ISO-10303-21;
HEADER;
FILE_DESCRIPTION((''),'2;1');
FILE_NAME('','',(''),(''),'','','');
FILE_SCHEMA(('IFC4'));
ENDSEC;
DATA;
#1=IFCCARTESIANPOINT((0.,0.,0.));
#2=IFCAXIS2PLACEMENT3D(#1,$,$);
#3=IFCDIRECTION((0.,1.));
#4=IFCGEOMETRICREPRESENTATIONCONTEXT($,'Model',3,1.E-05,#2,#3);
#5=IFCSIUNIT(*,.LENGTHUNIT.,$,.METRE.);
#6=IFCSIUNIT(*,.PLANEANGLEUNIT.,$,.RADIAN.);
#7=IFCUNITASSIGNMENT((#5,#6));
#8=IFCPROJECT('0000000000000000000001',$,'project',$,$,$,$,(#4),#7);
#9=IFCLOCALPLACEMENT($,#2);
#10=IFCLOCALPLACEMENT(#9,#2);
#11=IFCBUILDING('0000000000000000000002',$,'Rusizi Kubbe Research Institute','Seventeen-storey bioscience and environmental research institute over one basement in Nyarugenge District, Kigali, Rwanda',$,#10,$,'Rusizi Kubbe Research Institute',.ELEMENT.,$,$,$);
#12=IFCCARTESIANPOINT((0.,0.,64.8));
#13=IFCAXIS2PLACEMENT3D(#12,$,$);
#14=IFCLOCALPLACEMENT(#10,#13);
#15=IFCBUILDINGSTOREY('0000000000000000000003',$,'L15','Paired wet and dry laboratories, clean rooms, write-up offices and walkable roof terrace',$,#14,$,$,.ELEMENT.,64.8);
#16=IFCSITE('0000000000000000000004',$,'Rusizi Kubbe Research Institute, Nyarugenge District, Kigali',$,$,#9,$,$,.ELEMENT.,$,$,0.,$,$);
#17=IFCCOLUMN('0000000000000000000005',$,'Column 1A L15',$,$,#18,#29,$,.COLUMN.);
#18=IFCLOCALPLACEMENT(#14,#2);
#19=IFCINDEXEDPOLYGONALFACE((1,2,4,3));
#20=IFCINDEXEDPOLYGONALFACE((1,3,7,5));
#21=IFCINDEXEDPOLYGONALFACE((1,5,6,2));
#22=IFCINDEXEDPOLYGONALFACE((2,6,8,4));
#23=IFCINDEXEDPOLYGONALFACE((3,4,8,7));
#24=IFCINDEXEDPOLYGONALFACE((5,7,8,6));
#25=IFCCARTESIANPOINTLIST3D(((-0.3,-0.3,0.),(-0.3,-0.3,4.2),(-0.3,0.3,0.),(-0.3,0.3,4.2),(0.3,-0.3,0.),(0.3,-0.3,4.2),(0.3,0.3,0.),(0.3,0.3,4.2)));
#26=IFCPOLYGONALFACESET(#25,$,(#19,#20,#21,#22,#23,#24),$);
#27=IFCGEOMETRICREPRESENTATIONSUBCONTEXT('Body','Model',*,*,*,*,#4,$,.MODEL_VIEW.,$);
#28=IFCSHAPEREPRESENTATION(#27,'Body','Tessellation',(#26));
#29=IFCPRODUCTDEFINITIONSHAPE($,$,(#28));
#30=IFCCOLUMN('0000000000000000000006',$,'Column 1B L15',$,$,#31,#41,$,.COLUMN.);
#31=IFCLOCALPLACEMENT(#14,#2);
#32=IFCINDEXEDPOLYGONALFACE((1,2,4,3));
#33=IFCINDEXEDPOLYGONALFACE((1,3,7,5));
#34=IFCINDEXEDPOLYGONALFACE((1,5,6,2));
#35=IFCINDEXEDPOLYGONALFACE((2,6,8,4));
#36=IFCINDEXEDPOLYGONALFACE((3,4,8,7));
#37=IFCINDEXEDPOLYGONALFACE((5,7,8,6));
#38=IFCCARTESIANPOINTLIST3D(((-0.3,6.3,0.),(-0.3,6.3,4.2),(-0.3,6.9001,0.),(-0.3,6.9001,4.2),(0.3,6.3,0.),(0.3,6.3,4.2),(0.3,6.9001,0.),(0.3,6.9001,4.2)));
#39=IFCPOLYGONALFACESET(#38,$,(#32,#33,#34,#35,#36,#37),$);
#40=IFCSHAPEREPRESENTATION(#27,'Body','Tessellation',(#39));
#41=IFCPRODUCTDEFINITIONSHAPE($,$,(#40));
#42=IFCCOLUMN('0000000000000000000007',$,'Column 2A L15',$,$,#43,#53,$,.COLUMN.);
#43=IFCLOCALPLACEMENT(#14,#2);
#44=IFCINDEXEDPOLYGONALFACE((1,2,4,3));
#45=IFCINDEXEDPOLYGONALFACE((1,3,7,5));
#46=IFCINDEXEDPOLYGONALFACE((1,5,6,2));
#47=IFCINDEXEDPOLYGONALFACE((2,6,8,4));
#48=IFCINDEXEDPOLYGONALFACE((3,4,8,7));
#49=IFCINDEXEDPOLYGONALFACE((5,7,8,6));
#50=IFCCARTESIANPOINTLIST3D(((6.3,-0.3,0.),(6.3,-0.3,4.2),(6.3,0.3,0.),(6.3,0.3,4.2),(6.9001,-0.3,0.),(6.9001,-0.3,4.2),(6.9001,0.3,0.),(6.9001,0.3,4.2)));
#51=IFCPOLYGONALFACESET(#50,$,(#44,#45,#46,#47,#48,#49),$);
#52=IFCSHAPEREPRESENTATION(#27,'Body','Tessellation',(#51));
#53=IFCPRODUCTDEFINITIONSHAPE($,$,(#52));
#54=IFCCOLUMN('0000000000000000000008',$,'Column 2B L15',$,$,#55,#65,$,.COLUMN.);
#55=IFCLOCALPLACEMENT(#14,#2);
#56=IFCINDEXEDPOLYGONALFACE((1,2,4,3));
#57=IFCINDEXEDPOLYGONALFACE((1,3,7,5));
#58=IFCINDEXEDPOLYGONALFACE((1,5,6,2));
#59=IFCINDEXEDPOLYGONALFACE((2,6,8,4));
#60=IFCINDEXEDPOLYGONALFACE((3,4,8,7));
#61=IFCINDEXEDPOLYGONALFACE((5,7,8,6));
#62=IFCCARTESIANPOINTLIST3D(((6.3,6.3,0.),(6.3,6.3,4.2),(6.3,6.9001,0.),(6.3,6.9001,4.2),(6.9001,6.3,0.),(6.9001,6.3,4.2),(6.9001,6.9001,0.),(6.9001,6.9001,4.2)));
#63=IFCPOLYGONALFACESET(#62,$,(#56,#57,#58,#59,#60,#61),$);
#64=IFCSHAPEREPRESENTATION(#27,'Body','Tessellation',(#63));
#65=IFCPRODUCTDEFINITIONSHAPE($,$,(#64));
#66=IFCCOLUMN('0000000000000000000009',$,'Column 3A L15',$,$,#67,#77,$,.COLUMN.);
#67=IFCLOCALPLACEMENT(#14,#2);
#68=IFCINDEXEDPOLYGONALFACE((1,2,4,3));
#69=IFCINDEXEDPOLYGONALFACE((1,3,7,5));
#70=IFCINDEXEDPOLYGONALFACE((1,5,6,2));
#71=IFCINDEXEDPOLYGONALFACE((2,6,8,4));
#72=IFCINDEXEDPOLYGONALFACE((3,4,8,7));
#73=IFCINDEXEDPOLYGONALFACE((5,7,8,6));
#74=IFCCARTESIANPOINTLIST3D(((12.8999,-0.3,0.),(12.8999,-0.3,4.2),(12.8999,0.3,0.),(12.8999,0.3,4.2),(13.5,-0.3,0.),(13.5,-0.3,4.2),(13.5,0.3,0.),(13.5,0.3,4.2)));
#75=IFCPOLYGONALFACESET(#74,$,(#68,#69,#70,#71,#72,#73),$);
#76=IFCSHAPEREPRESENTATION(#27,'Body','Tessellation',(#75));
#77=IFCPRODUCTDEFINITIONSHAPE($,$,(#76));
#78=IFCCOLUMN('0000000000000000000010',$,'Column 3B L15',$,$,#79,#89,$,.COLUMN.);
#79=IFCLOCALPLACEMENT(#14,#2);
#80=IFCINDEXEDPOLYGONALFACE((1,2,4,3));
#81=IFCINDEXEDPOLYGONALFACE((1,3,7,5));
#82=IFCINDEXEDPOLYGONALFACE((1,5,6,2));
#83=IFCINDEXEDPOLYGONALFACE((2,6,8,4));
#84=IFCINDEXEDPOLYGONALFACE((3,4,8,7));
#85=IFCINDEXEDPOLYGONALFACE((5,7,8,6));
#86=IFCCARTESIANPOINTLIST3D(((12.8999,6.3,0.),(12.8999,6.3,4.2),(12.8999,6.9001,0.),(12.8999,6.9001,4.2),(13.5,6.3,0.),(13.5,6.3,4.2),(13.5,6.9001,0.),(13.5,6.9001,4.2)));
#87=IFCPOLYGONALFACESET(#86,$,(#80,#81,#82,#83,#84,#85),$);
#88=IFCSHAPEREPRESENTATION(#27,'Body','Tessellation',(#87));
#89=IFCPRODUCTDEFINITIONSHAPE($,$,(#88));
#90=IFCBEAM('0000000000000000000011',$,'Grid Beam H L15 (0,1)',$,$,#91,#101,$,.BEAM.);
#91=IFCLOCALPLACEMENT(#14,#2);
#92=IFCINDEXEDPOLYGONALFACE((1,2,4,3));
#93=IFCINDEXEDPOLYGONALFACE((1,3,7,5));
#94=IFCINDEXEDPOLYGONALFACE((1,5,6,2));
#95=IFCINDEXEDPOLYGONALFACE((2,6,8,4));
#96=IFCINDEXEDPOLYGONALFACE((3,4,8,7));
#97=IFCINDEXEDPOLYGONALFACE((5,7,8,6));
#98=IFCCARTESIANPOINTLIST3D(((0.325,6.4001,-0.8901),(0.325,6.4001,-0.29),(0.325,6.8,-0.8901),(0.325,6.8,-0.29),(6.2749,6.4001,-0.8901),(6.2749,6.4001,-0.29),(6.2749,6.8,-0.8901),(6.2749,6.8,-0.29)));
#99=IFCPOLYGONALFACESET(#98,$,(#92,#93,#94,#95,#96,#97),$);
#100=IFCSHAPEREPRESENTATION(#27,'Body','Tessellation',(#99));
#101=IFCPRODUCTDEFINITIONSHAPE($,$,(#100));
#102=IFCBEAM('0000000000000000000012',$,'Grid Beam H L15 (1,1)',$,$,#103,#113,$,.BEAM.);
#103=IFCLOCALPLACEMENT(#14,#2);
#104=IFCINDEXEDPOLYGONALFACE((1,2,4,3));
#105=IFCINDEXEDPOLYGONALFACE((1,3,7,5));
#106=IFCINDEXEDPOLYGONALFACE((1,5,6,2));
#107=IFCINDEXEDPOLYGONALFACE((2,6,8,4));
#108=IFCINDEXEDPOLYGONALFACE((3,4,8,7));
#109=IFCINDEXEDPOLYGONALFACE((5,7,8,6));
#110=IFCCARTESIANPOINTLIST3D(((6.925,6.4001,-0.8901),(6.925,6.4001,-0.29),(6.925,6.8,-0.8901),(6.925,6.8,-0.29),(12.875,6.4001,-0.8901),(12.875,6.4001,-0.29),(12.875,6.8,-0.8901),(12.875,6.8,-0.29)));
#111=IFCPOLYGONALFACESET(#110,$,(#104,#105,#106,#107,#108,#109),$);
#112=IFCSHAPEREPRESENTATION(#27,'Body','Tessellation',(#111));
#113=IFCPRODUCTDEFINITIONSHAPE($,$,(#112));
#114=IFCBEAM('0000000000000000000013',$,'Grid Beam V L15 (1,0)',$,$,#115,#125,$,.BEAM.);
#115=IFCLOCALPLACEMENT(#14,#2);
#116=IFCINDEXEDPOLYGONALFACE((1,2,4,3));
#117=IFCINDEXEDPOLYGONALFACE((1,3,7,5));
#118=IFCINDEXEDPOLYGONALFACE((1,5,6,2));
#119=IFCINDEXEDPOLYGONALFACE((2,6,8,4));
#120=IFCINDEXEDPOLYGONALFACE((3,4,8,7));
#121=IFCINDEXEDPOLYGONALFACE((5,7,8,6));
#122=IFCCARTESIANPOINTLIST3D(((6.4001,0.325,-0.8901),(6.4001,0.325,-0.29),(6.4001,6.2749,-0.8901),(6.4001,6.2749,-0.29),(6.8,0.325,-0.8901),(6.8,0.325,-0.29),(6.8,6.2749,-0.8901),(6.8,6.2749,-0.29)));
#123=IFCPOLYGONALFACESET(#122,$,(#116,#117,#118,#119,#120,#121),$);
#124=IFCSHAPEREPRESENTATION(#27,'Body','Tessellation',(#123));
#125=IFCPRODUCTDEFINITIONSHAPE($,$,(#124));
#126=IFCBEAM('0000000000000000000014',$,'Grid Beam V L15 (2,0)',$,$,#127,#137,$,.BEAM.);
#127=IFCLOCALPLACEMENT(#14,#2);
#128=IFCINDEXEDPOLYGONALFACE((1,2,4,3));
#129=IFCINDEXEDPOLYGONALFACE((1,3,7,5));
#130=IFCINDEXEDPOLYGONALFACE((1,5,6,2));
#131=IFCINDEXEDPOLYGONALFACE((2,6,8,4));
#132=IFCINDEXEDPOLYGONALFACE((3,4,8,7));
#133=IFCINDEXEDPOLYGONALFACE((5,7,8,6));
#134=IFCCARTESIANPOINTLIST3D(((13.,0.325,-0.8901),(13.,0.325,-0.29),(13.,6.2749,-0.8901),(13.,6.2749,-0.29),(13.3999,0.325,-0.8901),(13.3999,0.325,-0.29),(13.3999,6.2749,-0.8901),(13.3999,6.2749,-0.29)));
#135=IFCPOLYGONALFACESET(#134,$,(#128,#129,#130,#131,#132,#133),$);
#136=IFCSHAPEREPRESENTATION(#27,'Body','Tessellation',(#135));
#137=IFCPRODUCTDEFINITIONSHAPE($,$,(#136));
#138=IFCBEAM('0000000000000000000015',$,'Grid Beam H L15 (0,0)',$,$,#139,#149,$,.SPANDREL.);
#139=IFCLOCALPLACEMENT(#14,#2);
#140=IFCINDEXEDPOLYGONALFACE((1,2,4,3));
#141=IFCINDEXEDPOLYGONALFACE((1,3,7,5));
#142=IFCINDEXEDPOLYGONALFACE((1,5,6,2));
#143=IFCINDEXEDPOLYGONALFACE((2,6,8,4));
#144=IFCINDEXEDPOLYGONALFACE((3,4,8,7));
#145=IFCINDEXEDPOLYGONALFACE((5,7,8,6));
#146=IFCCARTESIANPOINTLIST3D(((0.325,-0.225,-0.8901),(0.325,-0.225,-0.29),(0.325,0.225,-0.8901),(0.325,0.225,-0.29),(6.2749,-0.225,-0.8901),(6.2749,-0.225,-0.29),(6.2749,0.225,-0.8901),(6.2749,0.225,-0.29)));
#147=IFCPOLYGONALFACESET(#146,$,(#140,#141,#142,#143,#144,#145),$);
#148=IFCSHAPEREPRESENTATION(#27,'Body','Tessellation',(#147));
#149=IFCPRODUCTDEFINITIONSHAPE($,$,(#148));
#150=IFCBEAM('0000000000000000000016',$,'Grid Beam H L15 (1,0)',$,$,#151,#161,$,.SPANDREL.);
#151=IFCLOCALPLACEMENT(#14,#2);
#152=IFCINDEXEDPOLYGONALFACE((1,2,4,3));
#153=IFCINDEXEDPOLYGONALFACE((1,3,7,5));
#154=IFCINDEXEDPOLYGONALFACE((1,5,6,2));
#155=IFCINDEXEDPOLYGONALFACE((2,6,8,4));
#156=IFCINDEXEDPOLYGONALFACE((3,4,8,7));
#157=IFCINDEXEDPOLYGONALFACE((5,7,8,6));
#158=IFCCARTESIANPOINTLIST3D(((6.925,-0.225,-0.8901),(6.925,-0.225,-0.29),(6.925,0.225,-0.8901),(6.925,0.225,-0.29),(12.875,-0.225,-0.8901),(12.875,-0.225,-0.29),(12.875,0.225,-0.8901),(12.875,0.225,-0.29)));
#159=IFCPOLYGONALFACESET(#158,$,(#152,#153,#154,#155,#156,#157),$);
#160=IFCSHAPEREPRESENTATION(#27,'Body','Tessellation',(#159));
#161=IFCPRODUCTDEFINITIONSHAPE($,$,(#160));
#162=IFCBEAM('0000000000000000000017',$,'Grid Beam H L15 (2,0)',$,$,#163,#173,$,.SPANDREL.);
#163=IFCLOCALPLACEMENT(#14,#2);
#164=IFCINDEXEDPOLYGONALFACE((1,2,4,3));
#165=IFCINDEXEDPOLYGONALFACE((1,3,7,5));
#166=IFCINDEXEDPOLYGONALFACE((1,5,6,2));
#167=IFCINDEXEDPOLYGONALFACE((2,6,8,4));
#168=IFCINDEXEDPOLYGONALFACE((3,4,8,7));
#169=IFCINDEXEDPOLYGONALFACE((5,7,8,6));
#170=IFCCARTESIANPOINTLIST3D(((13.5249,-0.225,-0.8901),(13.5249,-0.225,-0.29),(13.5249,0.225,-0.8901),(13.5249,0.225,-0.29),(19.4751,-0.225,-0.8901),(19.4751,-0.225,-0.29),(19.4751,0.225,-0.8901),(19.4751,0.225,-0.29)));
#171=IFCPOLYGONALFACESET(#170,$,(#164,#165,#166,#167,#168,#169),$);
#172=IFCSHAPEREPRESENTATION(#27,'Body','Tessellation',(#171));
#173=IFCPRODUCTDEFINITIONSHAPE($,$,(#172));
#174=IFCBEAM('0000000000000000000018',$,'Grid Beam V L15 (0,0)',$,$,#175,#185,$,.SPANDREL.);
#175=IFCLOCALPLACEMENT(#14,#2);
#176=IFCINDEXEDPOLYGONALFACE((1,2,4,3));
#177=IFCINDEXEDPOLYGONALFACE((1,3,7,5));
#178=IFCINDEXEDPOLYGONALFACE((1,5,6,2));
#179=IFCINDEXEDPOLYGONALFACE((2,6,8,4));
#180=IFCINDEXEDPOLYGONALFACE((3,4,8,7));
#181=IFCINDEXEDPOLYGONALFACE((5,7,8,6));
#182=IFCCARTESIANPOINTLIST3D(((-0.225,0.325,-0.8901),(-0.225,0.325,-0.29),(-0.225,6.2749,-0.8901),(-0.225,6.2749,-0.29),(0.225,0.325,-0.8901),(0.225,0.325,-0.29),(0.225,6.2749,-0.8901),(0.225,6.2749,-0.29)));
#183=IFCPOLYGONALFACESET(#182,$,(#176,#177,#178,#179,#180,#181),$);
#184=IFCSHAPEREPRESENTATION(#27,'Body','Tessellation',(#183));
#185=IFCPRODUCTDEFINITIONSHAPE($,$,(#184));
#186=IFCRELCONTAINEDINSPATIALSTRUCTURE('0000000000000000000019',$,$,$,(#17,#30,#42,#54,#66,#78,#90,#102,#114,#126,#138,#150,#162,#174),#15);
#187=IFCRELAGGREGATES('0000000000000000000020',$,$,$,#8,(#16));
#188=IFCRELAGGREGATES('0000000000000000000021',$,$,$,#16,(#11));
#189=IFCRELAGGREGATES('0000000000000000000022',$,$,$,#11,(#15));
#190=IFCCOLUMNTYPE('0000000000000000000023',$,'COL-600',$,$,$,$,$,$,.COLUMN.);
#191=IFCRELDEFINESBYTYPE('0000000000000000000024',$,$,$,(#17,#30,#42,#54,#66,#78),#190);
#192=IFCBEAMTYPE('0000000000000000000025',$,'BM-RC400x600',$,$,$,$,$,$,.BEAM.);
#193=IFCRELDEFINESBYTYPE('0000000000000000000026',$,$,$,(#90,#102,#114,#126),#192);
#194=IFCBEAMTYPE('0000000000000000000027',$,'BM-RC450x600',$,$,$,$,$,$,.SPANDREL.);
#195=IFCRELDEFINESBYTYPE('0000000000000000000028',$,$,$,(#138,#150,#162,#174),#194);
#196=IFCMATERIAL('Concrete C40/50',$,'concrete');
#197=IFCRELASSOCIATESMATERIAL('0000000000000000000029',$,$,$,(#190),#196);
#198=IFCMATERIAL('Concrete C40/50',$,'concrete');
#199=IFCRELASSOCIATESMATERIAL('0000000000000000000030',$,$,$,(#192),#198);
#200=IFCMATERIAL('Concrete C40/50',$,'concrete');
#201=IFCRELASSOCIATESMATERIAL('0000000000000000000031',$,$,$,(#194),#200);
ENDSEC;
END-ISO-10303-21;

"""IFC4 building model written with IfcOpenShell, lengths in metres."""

from ifc_helpers import new_model, si_unit, direction, frame, origin, origin_2d, place, context, subcontext, project, spatial, rectangle, extrude, material, material_profile, profile_set, type_object, element, save


model = new_model("IFC4")

# Units and contexts
model_context = context("Model", 3, precision=1e-05, world=origin(), true_north=direction((0.0, 1.0)))
body_context = subcontext(model_context, "Body", "Model", "MODEL_VIEW")
ifc_project = project(units=[si_unit("LENGTHUNIT", "METRE"), si_unit("PLANEANGLEUNIT", "RADIAN")], contexts=[model_context])

# Site, building, storey
site_placement = place(None, origin())
site = spatial("IfcSite", under=ifc_project, at=site_placement, Name="Rusizi Kubbe Research Institute, Nyarugenge District, Kigali", CompositionType="ELEMENT", RefElevation=0.0)
building_placement = place(site_placement, origin())
building = spatial("IfcBuilding", under=site, at=building_placement, Name="Rusizi Kubbe Research Institute", Description="Seventeen-storey bioscience and environmental research institute over one basement in Nyarugenge District, Kigali, Rwanda", LongName="Rusizi Kubbe Research Institute", CompositionType="ELEMENT")
storey_placement = place(building_placement, frame((0.0, 0.0, 64.8)))
storey = spatial("IfcBuildingStorey", under=building, at=storey_placement, Name="L15", Description="Paired wet and dry laboratories, clean rooms, write-up offices and walkable roof terrace", CompositionType="ELEMENT", Elevation=64.8)

# Columns
ifc_material_1 = material(Name="Concrete C40/50", Category="concrete")
ifc_material_profile_1 = material_profile(ifc_material_1, rectangle(XDim=0.6001, YDim=0.6001, at=origin_2d()), Name="RC600x600")
ifc_profile_set_1 = profile_set([ifc_material_profile_1], Name="Concrete C40/50")
column_type = type_object("IfcColumnType", Name="COL-600", PredefinedType="COLUMN", material=ifc_profile_set_1)
for number, where, z_axis, x_axis, name in (
    (1, (0.0, 0.0, 0.0), (0.0, 0.0, 1.0), (1.0, 0.0, 0.0), "Column 1A L15"),
    (2, (0.0, 6.6001, 0.0), (0.0, 0.0, 1.0), (1.0, 0.0, 0.0), "Column 1B L15"),
    (3, (6.6001, 0.0, 0.0), (0.0, 0.0, 1.0), (1.0, 0.0, 0.0), "Column 2A L15"),
    (4, (6.6001, 6.6001, 0.0), (0.0, 0.0, 1.0), (1.0, 0.0, 0.0), "Column 2B L15"),
    (5, (13.2, 0.0, 0.0), (0.0, 0.0, 1.0), (1.0, 0.0, 0.0), "Column 3A L15"),
    (6, (13.2, 6.6001, 0.0), (0.0, 0.0, 1.0), (1.0, 0.0, 0.0), "Column 3B L15"),
):
    element("IfcColumn", number, at=place(storey_placement, frame(where, z_axis=z_axis, x_axis=x_axis)), inside=storey, type_object=column_type, Name=name, PredefinedType="COLUMN", context=body_context, shape_type="SweptSolid", body=[
        extrude(rectangle(XDim=0.6001, YDim=0.6001, at=origin_2d()), origin(), (0.0, 0.0, 1.0), 4.2),
    ])

# Beams
ifc_material_2 = material(Name="Concrete C40/50", Category="concrete")
ifc_material_profile_2 = material_profile(ifc_material_2, rectangle(XDim=0.3999, YDim=0.6001, at=origin_2d()), Name="RC400x600")
ifc_profile_set_2 = profile_set([ifc_material_profile_2], Name="Concrete C40/50")
beam_type_1 = type_object("IfcBeamType", Name="BM-RC400x600", PredefinedType="BEAM", material=ifc_profile_set_2)
for number, where, z_axis, x_axis, name in (
    (7, (0.325, 6.6001, -0.5901), (1.0, 0.0, 0.0), (0.0, 1.0, 0.0), "Grid Beam H L15 (0,1)"),
    (8, (6.925, 6.6001, -0.5901), (1.0, 0.0, 0.0), (0.0, 1.0, 0.0), "Grid Beam H L15 (1,1)"),
    (9, (6.6001, 0.325, -0.5901), (0.0, 1.0, 0.0), (-1.0, 0.0, 0.0), "Grid Beam V L15 (1,0)"),
    (10, (13.2, 0.325, -0.5901), (0.0, 1.0, 0.0), (-1.0, 0.0, 0.0), "Grid Beam V L15 (2,0)"),
):
    element("IfcBeam", number, at=place(storey_placement, frame(where, z_axis=z_axis, x_axis=x_axis)), inside=storey, type_object=beam_type_1, Name=name, PredefinedType="BEAM", context=body_context, shape_type="SweptSolid", body=[
        extrude(rectangle(XDim=0.3999, YDim=0.6001, at=origin_2d()), origin(), (0.0, 0.0, 1.0), 5.95),
    ])
ifc_material_3 = material(Name="Concrete C40/50", Category="concrete")
ifc_material_profile_3 = material_profile(ifc_material_3, rectangle(XDim=0.45, YDim=0.6001, at=origin_2d()), Name="RC450x600")
ifc_profile_set_3 = profile_set([ifc_material_profile_3], Name="Concrete C40/50")
beam_type_2 = type_object("IfcBeamType", Name="BM-RC450x600", PredefinedType="SPANDREL", material=ifc_profile_set_3)
for number, where, z_axis, x_axis, name in (
    (11, (0.325, 0.0, -0.5901), (1.0, 0.0, 0.0), (0.0, 1.0, 0.0), "Grid Beam H L15 (0,0)"),
    (12, (6.925, 0.0, -0.5901), (1.0, 0.0, 0.0), (0.0, 1.0, 0.0), "Grid Beam H L15 (1,0)"),
):
    element("IfcBeam", number, at=place(storey_placement, frame(where, z_axis=z_axis, x_axis=x_axis)), inside=storey, type_object=beam_type_2, Name=name, PredefinedType="SPANDREL", context=body_context, shape_type="SweptSolid", body=[
        extrude(rectangle(XDim=0.45, YDim=0.6001, at=origin_2d()), origin(), (0.0, 0.0, 1.0), 5.95),
    ])
beam_1_placement = place(storey_placement, frame((13.5249, 0.0, -0.5901), z_axis=(1.0, 0.0, 0.0), x_axis=(0.0, 1.0, 0.0)))
element("IfcBeam", 13, at=beam_1_placement, inside=storey, type_object=beam_type_2, Name="Grid Beam H L15 (2,0)", PredefinedType="SPANDREL", context=body_context, shape_type="SweptSolid", body=[
    extrude(rectangle(XDim=0.45, YDim=0.6001, at=origin_2d()), origin(), (0.0, 0.0, 1.0), 5.9502),
])
beam_2_placement = place(storey_placement, frame((0.0, 0.325, -0.5901), z_axis=(0.0, 1.0, 0.0), x_axis=(-1.0, 0.0, 0.0)))
element("IfcBeam", 14, at=beam_2_placement, inside=storey, type_object=beam_type_2, Name="Grid Beam V L15 (0,0)", PredefinedType="SPANDREL", context=body_context, shape_type="SweptSolid", body=[
    extrude(rectangle(XDim=0.45, YDim=0.6001, at=origin_2d()), origin(), (0.0, 0.0, 1.0), 5.95),
])

save(model, "model.ifc")
